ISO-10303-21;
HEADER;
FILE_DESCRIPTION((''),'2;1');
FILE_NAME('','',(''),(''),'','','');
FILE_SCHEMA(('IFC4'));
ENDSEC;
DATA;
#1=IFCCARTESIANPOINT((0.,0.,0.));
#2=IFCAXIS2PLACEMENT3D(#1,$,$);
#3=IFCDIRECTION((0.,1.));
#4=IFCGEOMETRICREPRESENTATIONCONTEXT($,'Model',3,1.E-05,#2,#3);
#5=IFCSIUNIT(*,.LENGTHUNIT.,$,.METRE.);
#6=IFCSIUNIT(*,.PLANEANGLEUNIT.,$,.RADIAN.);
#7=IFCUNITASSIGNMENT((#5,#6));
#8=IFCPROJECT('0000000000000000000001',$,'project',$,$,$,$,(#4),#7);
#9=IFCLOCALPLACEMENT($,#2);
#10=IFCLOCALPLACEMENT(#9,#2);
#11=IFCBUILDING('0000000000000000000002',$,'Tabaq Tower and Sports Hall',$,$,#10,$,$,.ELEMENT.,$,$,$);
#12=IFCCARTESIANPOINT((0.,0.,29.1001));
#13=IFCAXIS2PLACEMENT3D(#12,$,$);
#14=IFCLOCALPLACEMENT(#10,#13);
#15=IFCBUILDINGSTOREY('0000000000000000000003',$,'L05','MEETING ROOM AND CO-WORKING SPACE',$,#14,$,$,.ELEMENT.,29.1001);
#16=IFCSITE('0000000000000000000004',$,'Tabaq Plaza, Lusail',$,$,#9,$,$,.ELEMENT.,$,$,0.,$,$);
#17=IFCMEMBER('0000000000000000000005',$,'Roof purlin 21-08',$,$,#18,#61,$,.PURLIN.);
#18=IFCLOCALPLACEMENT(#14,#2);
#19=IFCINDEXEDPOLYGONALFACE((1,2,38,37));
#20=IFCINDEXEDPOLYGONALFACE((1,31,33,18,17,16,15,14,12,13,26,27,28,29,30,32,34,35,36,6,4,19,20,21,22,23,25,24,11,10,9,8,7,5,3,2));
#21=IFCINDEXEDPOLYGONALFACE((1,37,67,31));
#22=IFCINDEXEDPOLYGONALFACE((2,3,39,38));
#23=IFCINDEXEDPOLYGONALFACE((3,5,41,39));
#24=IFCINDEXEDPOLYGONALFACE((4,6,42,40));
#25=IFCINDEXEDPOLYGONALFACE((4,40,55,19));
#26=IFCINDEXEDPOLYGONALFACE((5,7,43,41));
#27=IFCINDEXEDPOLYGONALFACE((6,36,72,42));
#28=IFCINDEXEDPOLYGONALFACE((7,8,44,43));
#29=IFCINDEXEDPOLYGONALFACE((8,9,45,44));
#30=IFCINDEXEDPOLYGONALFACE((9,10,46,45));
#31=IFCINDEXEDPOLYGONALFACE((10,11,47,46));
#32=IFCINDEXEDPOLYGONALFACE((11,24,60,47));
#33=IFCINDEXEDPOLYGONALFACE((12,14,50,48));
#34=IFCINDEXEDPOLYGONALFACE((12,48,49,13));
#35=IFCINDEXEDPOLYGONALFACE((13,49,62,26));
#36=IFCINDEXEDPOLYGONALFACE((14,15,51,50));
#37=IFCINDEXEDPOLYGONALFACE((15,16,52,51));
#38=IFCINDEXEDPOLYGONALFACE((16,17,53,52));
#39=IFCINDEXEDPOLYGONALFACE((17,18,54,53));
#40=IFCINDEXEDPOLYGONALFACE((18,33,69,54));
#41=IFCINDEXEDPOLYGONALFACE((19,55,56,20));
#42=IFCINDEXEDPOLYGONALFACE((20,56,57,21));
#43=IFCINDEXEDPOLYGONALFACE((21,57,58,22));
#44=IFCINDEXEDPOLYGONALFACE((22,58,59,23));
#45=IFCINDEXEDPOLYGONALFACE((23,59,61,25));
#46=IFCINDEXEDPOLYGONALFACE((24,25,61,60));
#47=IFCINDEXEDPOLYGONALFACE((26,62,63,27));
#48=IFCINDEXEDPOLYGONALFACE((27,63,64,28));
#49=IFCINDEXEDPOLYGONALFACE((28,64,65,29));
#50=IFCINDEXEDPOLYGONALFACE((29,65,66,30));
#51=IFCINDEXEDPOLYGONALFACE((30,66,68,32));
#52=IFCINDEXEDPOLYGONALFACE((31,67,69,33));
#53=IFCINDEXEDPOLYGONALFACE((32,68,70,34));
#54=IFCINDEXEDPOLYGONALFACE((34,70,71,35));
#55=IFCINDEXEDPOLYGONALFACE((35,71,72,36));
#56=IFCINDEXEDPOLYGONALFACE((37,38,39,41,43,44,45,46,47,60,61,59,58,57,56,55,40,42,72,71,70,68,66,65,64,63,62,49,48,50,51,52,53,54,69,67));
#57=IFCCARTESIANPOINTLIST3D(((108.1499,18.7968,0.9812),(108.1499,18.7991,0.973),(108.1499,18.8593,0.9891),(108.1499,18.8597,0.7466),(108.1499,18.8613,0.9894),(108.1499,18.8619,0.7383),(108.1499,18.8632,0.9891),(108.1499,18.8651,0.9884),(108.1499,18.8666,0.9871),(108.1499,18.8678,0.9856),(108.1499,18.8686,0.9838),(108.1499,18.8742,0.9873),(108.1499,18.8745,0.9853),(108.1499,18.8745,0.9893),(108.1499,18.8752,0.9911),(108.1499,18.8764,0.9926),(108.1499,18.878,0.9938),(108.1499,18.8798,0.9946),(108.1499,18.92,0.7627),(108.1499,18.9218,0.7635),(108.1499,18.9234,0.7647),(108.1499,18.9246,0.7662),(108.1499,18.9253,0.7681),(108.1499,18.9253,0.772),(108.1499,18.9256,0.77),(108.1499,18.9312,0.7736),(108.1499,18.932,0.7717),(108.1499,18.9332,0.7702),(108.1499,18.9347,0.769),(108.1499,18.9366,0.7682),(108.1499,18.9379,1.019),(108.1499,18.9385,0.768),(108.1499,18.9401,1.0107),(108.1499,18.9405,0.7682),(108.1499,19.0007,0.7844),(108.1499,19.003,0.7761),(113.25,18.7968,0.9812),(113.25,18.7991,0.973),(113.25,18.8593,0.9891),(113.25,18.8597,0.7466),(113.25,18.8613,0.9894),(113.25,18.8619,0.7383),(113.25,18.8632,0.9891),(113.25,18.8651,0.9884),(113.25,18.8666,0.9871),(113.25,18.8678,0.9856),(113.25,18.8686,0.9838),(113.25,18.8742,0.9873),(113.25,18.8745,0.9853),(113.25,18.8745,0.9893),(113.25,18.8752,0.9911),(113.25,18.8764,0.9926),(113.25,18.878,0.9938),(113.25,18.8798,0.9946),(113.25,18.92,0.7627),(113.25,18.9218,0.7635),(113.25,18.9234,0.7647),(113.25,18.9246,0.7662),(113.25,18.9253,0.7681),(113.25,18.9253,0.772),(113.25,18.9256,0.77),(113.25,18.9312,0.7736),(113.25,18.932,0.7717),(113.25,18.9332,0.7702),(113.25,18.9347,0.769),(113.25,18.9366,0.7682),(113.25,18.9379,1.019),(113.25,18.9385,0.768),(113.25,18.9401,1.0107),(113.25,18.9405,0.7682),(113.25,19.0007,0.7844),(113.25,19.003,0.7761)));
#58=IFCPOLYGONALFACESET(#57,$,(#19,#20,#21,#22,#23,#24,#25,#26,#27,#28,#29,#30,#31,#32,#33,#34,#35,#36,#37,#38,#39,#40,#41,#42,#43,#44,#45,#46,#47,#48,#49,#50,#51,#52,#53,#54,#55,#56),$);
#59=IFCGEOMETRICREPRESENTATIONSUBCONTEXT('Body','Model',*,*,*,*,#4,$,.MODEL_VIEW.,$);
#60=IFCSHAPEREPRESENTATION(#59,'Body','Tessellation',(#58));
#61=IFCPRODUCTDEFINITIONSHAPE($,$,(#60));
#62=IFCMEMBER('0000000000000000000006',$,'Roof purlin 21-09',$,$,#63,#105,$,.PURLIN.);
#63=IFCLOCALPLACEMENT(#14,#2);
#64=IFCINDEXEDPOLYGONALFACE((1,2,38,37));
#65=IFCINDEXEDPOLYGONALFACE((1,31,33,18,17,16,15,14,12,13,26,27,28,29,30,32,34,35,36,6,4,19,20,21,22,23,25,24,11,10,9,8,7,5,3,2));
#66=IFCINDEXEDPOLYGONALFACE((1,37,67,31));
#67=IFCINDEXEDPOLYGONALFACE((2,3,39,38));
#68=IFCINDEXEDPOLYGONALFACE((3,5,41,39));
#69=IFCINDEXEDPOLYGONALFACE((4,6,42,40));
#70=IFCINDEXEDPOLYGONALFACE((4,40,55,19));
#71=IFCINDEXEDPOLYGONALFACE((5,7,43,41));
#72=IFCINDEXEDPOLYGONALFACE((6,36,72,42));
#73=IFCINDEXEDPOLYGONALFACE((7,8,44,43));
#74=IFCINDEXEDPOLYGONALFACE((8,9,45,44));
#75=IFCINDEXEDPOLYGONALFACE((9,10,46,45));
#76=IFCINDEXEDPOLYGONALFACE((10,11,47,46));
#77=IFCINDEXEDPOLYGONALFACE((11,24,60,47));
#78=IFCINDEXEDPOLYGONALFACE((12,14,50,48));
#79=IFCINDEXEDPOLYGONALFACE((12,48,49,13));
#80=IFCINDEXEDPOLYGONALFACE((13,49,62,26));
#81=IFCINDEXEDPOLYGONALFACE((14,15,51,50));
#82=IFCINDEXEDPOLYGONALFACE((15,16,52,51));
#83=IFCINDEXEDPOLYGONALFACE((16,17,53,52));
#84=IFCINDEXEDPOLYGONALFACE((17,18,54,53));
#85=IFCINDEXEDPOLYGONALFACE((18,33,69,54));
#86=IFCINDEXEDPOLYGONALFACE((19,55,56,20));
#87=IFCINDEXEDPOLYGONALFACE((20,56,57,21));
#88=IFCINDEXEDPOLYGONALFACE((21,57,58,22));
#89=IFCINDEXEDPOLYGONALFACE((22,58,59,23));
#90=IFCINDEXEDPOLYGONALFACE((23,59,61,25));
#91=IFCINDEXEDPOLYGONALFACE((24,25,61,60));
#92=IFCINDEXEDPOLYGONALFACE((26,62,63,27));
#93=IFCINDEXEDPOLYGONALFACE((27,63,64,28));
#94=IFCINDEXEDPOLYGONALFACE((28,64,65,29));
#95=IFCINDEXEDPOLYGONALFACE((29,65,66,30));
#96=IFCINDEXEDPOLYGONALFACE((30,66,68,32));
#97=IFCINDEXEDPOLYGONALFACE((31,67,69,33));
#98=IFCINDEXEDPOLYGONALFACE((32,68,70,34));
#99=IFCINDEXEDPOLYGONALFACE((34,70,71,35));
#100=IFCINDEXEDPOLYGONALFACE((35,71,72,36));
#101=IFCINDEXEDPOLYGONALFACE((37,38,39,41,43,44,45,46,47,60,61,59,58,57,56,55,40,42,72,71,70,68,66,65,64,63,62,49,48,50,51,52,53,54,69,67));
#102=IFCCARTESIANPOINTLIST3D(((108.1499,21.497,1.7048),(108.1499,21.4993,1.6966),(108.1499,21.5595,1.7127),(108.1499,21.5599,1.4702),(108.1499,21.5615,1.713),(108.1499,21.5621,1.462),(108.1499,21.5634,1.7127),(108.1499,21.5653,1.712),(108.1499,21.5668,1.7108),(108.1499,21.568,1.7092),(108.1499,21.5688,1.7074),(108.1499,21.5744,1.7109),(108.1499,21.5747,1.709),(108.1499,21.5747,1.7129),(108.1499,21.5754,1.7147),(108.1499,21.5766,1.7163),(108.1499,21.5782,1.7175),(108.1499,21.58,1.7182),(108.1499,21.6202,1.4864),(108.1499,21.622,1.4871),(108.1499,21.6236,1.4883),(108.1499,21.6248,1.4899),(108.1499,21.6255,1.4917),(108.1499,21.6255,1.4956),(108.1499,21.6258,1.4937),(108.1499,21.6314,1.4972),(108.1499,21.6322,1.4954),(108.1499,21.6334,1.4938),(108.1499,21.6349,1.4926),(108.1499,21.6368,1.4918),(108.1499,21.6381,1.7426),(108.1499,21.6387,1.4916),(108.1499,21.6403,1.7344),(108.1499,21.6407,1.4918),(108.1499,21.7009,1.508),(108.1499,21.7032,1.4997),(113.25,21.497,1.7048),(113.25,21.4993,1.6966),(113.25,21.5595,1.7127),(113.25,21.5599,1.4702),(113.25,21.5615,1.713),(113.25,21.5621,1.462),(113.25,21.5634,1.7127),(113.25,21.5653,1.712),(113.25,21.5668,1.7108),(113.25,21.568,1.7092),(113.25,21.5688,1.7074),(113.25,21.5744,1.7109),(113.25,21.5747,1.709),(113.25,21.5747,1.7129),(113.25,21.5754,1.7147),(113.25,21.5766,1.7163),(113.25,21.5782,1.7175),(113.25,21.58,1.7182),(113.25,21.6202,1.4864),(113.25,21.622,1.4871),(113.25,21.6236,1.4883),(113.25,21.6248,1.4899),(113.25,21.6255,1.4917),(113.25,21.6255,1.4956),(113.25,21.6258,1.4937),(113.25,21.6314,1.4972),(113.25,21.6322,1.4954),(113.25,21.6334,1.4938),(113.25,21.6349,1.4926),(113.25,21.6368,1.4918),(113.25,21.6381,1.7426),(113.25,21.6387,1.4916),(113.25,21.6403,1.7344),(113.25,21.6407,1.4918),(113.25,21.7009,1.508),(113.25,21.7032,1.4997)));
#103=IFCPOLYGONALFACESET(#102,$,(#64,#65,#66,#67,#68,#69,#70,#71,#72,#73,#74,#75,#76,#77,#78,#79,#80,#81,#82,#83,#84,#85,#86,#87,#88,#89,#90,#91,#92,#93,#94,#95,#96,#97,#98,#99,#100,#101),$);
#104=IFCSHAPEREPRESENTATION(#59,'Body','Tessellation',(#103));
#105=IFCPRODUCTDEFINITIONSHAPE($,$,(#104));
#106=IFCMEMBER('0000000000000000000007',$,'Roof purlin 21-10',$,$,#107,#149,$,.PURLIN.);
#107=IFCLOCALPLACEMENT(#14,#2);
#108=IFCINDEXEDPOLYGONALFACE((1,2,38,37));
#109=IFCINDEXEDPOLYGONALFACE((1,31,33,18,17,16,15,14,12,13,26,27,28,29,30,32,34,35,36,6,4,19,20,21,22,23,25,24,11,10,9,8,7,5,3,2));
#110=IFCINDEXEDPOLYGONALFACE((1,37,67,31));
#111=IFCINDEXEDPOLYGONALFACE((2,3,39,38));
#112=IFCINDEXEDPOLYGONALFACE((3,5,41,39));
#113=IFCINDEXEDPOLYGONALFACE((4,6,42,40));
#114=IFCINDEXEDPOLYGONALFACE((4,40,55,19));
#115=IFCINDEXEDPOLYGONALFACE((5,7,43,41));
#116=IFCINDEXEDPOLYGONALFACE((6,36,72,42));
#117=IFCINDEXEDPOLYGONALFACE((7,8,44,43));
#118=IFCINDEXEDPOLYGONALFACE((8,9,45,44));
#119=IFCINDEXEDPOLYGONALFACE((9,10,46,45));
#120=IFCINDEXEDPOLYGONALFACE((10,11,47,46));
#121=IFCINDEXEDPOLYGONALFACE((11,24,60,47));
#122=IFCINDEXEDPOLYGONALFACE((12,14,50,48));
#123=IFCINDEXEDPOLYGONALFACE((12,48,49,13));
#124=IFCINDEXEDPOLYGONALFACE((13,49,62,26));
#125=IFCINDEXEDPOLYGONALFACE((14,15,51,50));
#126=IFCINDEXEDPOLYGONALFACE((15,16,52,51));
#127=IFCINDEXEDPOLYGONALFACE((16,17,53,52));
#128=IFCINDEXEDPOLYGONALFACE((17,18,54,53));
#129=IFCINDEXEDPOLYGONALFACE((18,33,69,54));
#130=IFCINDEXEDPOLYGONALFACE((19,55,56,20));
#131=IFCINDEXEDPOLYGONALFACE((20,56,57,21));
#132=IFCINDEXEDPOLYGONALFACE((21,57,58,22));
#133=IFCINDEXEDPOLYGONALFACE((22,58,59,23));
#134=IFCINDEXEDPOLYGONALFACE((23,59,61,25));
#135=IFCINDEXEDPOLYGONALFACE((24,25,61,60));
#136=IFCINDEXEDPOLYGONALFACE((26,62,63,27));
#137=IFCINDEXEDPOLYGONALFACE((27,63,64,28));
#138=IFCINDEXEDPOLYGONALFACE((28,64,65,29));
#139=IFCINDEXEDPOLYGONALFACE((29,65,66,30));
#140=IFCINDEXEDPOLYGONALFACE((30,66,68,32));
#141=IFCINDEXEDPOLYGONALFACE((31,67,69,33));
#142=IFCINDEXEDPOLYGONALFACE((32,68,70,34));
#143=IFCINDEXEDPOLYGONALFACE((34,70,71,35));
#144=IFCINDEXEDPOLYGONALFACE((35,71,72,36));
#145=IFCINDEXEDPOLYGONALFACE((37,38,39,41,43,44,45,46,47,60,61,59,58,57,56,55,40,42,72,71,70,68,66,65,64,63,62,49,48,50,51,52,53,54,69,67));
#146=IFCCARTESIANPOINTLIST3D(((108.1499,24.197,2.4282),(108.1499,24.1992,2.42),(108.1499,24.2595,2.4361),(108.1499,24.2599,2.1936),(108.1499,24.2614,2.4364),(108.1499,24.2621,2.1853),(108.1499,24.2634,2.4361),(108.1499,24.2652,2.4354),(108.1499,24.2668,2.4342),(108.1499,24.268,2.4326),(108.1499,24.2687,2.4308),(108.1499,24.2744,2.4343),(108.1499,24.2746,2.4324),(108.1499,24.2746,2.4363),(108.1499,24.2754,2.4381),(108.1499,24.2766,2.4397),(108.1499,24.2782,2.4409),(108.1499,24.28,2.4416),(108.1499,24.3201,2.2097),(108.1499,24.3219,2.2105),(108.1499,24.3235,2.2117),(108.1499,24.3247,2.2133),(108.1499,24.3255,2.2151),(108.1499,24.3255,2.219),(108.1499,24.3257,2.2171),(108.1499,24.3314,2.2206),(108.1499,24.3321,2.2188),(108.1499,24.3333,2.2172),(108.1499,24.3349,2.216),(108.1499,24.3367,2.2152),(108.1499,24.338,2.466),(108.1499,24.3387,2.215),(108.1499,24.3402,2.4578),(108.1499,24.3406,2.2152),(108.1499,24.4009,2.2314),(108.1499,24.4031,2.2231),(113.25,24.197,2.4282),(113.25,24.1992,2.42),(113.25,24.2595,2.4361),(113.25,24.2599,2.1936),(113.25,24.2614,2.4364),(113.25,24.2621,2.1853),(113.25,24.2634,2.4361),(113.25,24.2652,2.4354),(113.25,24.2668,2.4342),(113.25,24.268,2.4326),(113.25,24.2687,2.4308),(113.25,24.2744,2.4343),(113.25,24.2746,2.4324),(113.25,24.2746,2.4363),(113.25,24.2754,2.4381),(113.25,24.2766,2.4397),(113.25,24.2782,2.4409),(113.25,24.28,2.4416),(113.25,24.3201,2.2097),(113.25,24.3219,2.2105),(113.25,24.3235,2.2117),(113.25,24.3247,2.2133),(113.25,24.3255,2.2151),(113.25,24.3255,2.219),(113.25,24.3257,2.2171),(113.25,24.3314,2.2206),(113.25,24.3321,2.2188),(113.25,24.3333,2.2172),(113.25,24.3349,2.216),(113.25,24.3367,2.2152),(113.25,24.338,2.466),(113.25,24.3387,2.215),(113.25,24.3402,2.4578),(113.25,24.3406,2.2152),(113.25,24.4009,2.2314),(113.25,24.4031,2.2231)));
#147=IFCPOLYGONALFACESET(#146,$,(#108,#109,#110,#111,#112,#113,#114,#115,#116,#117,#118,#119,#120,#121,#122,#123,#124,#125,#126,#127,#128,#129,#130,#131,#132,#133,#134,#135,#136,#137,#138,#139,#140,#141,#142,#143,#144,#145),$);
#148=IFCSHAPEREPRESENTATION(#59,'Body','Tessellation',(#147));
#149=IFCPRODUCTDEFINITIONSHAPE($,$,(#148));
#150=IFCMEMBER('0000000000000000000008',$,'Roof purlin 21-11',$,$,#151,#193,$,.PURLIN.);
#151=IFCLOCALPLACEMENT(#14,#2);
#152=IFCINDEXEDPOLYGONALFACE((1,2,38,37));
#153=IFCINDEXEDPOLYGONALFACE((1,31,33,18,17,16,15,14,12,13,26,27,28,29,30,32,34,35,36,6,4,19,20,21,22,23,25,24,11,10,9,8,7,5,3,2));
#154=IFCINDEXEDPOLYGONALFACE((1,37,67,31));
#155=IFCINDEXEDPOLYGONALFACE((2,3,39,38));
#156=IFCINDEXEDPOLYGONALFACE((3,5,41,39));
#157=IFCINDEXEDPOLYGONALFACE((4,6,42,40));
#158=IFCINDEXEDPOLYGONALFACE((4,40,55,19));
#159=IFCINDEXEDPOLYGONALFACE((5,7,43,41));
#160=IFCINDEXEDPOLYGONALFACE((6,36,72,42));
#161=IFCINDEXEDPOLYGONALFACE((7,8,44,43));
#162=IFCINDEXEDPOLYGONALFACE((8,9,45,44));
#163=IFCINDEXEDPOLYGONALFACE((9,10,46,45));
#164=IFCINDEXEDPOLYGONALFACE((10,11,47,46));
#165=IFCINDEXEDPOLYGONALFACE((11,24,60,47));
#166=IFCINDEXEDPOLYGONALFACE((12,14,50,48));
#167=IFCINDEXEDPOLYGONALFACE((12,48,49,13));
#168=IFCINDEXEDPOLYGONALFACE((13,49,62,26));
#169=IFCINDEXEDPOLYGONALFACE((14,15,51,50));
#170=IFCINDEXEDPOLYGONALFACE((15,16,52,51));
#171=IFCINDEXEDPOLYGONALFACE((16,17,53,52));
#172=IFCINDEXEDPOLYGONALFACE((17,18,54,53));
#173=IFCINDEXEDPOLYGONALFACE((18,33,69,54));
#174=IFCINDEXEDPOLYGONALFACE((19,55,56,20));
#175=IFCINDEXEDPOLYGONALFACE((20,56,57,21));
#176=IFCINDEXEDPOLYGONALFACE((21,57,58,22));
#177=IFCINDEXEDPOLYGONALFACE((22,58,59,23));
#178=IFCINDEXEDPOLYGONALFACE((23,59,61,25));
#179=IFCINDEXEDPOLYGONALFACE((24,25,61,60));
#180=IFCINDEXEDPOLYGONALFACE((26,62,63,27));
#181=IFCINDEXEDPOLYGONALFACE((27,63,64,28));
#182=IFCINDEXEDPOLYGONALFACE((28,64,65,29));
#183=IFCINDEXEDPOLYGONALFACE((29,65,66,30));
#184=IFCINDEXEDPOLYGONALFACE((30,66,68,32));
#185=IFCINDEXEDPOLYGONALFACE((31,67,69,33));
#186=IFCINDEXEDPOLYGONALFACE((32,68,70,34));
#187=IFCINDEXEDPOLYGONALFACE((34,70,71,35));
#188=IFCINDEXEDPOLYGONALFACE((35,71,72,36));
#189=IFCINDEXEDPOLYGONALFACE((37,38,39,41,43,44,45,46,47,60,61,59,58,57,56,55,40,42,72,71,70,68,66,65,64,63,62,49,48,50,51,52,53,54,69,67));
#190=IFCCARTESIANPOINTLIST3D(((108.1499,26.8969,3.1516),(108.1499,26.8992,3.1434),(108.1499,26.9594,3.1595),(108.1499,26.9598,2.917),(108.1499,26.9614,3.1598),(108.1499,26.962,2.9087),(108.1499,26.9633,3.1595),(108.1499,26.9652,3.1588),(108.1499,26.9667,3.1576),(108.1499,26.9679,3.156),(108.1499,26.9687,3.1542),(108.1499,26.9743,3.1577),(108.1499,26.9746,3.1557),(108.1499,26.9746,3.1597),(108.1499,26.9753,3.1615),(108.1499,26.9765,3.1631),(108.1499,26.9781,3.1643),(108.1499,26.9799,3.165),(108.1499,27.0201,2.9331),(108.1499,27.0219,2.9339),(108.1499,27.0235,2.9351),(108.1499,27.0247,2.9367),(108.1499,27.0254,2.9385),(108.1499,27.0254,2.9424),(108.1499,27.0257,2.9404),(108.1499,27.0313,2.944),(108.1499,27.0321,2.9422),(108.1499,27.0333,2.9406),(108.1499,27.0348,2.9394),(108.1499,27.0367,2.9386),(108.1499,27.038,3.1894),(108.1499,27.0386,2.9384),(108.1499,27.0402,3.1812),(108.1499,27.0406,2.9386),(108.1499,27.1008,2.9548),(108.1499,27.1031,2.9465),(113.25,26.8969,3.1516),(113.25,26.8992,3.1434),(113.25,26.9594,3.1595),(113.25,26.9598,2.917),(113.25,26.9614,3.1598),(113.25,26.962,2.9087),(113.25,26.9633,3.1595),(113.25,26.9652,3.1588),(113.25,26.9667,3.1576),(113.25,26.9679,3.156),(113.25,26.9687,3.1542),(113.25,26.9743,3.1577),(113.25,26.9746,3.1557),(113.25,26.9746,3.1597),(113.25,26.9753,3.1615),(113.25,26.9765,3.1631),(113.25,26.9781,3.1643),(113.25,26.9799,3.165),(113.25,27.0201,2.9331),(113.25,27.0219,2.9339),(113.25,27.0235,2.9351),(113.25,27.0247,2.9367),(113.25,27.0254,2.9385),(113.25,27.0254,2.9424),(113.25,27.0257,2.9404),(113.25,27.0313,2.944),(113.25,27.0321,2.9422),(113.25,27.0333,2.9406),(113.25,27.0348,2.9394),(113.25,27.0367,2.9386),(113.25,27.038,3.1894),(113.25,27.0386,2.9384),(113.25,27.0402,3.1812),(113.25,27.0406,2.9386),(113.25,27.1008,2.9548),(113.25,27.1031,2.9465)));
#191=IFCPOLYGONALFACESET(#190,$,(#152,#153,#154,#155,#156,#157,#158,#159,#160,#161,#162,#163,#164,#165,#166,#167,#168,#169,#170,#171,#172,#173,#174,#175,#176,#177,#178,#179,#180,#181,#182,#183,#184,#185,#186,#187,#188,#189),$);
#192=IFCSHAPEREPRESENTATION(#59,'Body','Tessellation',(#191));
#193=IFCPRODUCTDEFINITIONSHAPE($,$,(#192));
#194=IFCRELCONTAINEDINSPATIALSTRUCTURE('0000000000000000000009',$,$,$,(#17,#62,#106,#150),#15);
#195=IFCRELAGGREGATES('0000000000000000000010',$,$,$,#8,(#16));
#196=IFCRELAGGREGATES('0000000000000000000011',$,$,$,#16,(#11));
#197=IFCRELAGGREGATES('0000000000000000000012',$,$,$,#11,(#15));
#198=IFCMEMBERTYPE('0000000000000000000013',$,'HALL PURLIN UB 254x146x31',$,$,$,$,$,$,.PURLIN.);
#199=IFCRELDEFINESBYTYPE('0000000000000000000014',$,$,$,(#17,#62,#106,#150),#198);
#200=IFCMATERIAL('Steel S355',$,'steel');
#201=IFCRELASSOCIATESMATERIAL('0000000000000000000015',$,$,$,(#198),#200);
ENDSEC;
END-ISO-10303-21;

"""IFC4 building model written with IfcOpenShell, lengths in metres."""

from ifc_helpers import new_model, si_unit, direction, frame, origin, origin_2d, place, context, subcontext, project, spatial, i_section, extrude, material, material_profile, profile_set, type_object, element, save


model = new_model("IFC4")

# Units and contexts
model_context = context("Model", 3, precision=1e-05, world=origin(), true_north=direction((0.0, 1.0)))
body_context = subcontext(model_context, "Body", "Model", "MODEL_VIEW")
ifc_project = project(units=[si_unit("LENGTHUNIT", "METRE"), si_unit("PLANEANGLEUNIT", "RADIAN")], contexts=[model_context])

# Site, building, storey
site_placement = place(None, origin())
site = spatial("IfcSite", under=ifc_project, at=site_placement, Name="Tabaq Plaza, Lusail", CompositionType="ELEMENT", RefElevation=0.0)
building_placement = place(site_placement, origin())
building = spatial("IfcBuilding", under=site, at=building_placement, Name="Tabaq Tower and Sports Hall", CompositionType="ELEMENT")
storey_placement = place(building_placement, frame((0.0, 0.0, 29.1001)))
storey = spatial("IfcBuildingStorey", under=building, at=storey_placement, Name="L05", Description="MEETING ROOM AND CO-WORKING SPACE", CompositionType="ELEMENT", Elevation=29.1001)

# Members
ifc_material_1 = material(Name="Steel S355", Category="steel")
ifc_material_profile_1 = material_profile(ifc_material_1, i_section(OverallWidth=0.146, OverallDepth=0.2515, WebThickness=0.0061, FlangeThickness=0.0085, FilletRadius=0.0076, at=origin_2d()), Name="UB 254x146x31")
ifc_profile_set_1 = profile_set([ifc_material_profile_1], Name="Steel S355")
member_type_1 = type_object("IfcMemberType", Name="HALL PURLIN UB 254x146x31", PredefinedType="PURLIN", material=ifc_profile_set_1)
for number, where, z_axis, x_axis, name in (
    (1, (108.1499, 18.8999, 0.8787), (1.0, 0.0, 0.0), (0.0, 0.965926, 0.258819), "Roof purlin 21-08"),
    (2, (108.1499, 21.6001, 1.6023), (1.0, 0.0, 0.0), (0.0, 0.965926, 0.258819), "Roof purlin 21-09"),
    (3, (108.1499, 24.3, 2.3257), (1.0, 0.0, 0.0), (0.0, 0.965926, 0.258819), "Roof purlin 21-10"),
    (4, (108.1499, 27.0, 3.0491), (1.0, 0.0, 0.0), (0.0, 0.965926, 0.258819), "Roof purlin 21-11"),
):
    element("IfcMember", number, at=place(storey_placement, frame(where, z_axis=z_axis, x_axis=x_axis)), inside=storey, type_object=member_type_1, Name=name, PredefinedType="PURLIN", context=body_context, shape_type="SweptSolid", body=[
        extrude(i_section(OverallWidth=0.146, OverallDepth=0.2515, WebThickness=0.0061, FlangeThickness=0.0085, FilletRadius=0.0076, at=origin_2d()), origin(), (0.0, 0.0, 1.0), 5.1001),
    ])

save(model, "model.ifc")
